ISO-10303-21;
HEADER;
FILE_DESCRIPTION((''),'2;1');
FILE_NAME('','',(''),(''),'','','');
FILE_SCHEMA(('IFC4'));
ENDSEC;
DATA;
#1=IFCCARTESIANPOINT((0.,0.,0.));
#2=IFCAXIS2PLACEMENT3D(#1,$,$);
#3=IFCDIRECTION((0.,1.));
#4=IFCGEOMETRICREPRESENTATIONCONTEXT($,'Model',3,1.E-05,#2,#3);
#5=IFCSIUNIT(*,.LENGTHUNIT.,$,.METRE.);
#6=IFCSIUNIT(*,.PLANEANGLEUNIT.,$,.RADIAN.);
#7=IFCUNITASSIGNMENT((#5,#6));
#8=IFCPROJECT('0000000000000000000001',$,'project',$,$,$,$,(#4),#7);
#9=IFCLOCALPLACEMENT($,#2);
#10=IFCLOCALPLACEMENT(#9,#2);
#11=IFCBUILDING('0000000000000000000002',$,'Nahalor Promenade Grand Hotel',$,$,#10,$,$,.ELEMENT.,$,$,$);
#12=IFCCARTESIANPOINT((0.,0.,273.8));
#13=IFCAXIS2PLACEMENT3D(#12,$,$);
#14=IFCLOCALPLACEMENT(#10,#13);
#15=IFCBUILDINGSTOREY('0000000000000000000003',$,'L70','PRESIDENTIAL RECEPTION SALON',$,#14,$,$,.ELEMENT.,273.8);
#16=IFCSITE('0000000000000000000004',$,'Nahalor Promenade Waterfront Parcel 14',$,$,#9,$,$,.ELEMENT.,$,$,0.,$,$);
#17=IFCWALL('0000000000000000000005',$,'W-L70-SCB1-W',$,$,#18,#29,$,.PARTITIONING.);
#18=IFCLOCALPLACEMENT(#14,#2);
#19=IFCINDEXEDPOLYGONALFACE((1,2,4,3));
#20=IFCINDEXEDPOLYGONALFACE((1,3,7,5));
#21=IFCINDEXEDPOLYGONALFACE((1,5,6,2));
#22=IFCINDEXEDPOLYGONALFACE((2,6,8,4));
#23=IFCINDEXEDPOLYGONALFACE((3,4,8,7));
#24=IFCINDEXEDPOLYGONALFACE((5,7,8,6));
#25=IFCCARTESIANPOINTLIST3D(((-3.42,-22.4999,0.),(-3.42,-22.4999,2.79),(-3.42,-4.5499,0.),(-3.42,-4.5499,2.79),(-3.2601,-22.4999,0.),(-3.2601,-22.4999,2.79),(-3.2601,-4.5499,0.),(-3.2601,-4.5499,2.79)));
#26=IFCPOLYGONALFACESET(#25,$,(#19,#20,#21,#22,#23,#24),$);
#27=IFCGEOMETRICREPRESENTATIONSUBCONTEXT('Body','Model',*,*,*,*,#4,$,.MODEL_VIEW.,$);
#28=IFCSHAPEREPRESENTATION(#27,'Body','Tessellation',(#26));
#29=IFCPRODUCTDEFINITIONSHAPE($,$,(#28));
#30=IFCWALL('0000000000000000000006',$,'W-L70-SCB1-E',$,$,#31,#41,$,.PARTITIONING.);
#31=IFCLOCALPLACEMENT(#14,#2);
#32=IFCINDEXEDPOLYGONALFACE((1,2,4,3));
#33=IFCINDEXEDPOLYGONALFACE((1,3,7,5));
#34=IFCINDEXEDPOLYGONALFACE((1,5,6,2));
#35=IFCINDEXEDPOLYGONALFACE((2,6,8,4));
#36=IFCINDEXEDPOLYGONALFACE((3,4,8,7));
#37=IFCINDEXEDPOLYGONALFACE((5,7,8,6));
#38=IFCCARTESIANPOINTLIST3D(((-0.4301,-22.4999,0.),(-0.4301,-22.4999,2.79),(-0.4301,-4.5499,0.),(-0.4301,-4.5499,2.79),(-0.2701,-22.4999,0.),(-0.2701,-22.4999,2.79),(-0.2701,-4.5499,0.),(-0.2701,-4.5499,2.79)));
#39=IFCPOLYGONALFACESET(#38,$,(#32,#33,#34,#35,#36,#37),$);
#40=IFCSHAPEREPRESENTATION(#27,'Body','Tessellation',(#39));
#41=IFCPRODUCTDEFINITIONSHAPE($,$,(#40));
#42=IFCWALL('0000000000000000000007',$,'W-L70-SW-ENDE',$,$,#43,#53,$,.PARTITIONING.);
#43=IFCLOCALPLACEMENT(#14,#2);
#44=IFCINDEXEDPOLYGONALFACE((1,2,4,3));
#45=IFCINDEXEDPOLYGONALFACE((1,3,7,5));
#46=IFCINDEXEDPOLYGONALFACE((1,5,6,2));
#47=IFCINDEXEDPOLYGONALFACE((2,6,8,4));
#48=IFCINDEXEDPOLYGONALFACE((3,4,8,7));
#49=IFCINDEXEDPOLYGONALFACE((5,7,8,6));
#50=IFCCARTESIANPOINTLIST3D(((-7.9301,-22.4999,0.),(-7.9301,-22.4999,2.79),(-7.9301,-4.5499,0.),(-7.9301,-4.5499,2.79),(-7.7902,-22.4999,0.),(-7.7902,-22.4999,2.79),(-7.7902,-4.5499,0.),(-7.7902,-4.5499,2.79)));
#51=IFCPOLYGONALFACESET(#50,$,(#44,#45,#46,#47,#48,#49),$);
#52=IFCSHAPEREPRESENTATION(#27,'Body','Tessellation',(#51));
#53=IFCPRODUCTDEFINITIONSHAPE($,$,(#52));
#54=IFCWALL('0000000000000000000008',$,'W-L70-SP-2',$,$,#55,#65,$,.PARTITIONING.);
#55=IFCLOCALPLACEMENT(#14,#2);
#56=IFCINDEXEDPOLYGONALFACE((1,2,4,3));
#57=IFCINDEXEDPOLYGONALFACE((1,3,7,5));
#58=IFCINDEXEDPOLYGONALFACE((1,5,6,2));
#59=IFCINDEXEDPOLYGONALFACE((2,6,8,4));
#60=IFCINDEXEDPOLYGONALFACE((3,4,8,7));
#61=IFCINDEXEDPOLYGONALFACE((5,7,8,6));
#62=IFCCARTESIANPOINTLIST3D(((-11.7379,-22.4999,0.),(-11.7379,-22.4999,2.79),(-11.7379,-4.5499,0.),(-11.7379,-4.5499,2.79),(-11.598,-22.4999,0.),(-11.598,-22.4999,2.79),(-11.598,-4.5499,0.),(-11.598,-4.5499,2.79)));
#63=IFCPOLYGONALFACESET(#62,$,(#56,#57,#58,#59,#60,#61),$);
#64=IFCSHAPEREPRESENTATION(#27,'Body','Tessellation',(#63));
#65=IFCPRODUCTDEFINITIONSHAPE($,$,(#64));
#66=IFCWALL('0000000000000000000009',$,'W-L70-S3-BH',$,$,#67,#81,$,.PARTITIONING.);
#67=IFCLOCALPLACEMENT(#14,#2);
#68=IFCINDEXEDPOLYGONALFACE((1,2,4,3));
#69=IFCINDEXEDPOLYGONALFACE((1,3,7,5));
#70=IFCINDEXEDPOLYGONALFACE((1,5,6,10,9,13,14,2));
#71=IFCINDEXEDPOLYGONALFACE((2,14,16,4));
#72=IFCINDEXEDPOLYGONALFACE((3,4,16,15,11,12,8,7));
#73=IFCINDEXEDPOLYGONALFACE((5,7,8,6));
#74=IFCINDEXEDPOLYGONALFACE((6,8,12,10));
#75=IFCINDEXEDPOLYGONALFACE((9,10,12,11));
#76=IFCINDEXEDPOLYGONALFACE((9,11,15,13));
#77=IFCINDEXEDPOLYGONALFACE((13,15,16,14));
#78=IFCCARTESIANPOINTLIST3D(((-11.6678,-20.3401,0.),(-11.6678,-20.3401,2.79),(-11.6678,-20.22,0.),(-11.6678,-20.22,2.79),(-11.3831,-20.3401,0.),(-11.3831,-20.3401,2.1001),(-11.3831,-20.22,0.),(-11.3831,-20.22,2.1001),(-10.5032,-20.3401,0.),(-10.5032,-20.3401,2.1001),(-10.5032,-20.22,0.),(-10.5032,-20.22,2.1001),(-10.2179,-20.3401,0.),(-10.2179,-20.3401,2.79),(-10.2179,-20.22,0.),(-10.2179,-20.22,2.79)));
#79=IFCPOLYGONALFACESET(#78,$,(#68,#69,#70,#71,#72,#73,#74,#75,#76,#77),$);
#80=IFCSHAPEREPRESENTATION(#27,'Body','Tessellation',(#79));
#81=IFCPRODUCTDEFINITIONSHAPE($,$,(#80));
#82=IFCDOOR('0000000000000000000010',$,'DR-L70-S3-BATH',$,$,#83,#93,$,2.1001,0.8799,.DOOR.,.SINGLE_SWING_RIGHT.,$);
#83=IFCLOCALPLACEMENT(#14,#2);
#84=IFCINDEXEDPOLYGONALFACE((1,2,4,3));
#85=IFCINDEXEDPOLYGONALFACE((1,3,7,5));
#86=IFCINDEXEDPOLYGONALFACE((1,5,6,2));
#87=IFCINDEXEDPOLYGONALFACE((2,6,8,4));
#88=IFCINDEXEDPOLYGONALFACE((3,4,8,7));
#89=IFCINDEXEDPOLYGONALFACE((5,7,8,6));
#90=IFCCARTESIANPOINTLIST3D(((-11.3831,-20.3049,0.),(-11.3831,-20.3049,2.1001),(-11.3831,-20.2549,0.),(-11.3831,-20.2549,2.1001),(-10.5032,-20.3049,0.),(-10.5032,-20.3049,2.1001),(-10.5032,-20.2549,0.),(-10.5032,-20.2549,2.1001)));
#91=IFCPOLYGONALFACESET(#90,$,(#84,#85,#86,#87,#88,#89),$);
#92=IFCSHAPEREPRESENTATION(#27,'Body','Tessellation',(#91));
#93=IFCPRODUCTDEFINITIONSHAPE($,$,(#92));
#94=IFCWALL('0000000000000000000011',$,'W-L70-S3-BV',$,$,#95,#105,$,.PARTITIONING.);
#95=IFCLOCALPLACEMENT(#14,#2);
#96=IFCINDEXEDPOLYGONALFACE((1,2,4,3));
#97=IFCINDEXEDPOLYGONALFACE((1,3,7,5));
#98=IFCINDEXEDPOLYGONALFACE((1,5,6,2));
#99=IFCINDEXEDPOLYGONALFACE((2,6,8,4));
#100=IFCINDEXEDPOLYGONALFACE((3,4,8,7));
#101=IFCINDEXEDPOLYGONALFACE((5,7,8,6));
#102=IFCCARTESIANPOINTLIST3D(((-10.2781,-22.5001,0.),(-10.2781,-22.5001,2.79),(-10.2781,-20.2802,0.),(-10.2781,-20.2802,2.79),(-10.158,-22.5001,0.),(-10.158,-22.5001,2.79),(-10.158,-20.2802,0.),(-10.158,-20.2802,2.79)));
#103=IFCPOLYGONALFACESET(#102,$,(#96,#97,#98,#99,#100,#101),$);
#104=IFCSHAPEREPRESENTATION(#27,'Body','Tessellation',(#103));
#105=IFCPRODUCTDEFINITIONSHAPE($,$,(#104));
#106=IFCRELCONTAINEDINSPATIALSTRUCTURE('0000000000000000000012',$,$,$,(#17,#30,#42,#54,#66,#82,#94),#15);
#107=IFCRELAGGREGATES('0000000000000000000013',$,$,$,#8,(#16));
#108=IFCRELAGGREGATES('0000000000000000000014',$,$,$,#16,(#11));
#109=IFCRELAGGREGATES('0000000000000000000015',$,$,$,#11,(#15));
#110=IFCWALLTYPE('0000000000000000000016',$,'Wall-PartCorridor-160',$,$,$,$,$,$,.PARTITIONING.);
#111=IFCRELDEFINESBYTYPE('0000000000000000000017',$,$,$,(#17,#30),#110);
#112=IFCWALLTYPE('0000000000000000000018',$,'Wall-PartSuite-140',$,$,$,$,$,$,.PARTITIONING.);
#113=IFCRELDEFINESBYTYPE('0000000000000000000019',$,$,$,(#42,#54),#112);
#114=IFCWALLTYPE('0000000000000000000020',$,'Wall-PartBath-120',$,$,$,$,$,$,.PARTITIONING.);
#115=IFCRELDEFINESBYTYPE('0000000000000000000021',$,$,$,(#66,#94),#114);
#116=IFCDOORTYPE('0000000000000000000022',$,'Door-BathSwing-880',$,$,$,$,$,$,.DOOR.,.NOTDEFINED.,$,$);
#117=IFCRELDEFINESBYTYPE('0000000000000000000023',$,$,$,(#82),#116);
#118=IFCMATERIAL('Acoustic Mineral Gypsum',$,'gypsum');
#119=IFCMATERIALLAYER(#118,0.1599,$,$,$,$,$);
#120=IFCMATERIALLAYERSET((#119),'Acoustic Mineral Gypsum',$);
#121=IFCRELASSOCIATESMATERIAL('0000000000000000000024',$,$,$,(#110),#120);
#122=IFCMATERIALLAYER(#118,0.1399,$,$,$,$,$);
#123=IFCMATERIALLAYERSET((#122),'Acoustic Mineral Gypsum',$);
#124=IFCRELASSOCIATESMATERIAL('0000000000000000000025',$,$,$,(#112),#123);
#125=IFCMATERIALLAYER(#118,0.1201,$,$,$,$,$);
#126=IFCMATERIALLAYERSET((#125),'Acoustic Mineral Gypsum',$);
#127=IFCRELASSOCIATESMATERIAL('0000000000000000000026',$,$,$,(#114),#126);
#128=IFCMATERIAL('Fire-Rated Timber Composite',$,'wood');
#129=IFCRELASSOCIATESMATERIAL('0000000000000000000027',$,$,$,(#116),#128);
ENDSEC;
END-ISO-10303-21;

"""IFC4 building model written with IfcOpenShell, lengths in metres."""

from ifc_helpers import new_model, si_unit, direction, frame, frame_2d, origin, place, context, subcontext, project, spatial, rectangle, extrude, source, transform, mapped, material, layer, layer_set, type_object, element, fill, save


model = new_model("IFC4")

# Units and contexts
model_context = context("Model", 3, precision=1e-05, world=origin(), true_north=direction((0.0, 1.0)))
body_context = subcontext(model_context, "Body", "Model", "MODEL_VIEW")
ifc_project = project(units=[si_unit("LENGTHUNIT", "METRE"), si_unit("PLANEANGLEUNIT", "RADIAN")], contexts=[model_context])

# Site, building, storey
site_placement = place(None, origin())
site = spatial("IfcSite", under=ifc_project, at=site_placement, Name="Nahalor Promenade Waterfront Parcel 14", CompositionType="ELEMENT", RefElevation=0.0)
building_placement = place(site_placement, origin())
building = spatial("IfcBuilding", under=site, at=building_placement, Name="Nahalor Promenade Grand Hotel", CompositionType="ELEMENT")
storey_placement = place(building_placement, frame((0.0, 0.0, 273.8)))
storey = spatial("IfcBuildingStorey", under=building, at=storey_placement, Name="L70", Description="PRESIDENTIAL RECEPTION SALON", CompositionType="ELEMENT", Elevation=273.8)

# Walls
ifc_material_1 = material(Name="Acoustic Mineral Gypsum", Category="gypsum")
ifc_layer_1 = layer(ifc_material_1, 0.1599)
ifc_layer_set_1 = layer_set([ifc_layer_1], Name="Acoustic Mineral Gypsum")
wall_type_1 = type_object("IfcWallType", Name="Wall-PartCorridor-160", PredefinedType="PARTITIONING", material=ifc_layer_set_1)
shared_shape_1 = source(origin(), body_context, "Body", "SweptSolid", [
    extrude(rectangle(XDim=17.95, YDim=0.1599, at=frame_2d((8.9751, 0.0))), origin(), (0.0, 0.0, 1.0), 2.79),
])
for number, where, z_axis, x_axis, name in (
    (1, (-3.3401, -22.5, 0.0), (0.0, 0.0, 1.0), (0.0, 1.0, 0.0), "W-L70-SCB1-W"),
    (2, (-0.3501, -22.5, 0.0), (0.0, 0.0, 1.0), (0.0, 1.0, 0.0), "W-L70-SCB1-E"),
):
    element("IfcWall", number, at=place(storey_placement, frame(where, z_axis=z_axis, x_axis=x_axis)), inside=storey, type_object=wall_type_1, Name=name, PredefinedType="PARTITIONING", context=body_context, shape_type="MappedRepresentation", body=[
        mapped(shared_shape_1, transform((0.0, 0.0, 0.0), scale=1.0)),
    ])
ifc_layer_2 = layer(ifc_material_1, 0.1399)
ifc_layer_set_2 = layer_set([ifc_layer_2], Name="Acoustic Mineral Gypsum")
wall_type_2 = type_object("IfcWallType", Name="Wall-PartSuite-140", PredefinedType="PARTITIONING", material=ifc_layer_set_2)
shared_shape_2 = source(origin(), body_context, "Body", "SweptSolid", [
    extrude(rectangle(XDim=17.95, YDim=0.1399, at=frame_2d((8.9751, 0.0))), origin(), (0.0, 0.0, 1.0), 2.79),
])
for number, where, z_axis, x_axis, name in (
    (3, (-7.8601, -22.5, 0.0), (0.0, 0.0, 1.0), (0.0, 1.0, 0.0), "W-L70-SW-ENDE"),
    (4, (-11.668, -22.5, 0.0), (0.0, 0.0, 1.0), (0.0, 1.0, 0.0), "W-L70-SP-2"),
):
    element("IfcWall", number, at=place(storey_placement, frame(where, z_axis=z_axis, x_axis=x_axis)), inside=storey, type_object=wall_type_2, Name=name, PredefinedType="PARTITIONING", context=body_context, shape_type="MappedRepresentation", body=[
        mapped(shared_shape_2, transform((0.0, 0.0, 0.0), scale=1.0)),
    ])

# Wall, opening, door
ifc_layer_3 = layer(ifc_material_1, 0.1201)
ifc_layer_set_3 = layer_set([ifc_layer_3], Name="Acoustic Mineral Gypsum")
wall_type_3 = type_object("IfcWallType", Name="Wall-PartBath-120", PredefinedType="PARTITIONING", material=ifc_layer_set_3)
shared_shape_3 = source(origin(), body_context, "Body", "SweptSolid", [
    extrude(rectangle(XDim=1.45, YDim=0.1201, at=frame_2d((0.7251, 0.0))), origin(), (0.0, 0.0, 1.0), 2.79),
])
wall_1_placement = place(storey_placement, frame((-11.668, -20.28, 0.0), z_axis=(0.0, 0.0, 1.0), x_axis=(1.0, 0.0, 0.0)))
wall_1 = element("IfcWall", 5, at=wall_1_placement, inside=storey, type_object=wall_type_3, Name="W-L70-S3-BH", PredefinedType="PARTITIONING", context=body_context, shape_type="MappedRepresentation", body=[
    mapped(shared_shape_3, transform((0.0, 0.0, 0.0), scale=1.0)),
])
opening_placement = place(wall_1_placement, frame((0.2849, 0.0, 0.0)))
opening = element("IfcOpeningElement", 6, at=opening_placement, cuts=wall_1, PredefinedType="OPENING", context=body_context, shape_type="SweptSolid", body=[
    extrude(rectangle(XDim=0.8799, YDim=2.1001, at=frame_2d((0.4399, 1.05))), frame((0.0, 0.0701, 0.0), z_axis=(0.0, -1.0, 0.0), x_axis=(1.0, 0.0, 0.0)), (0.0, 0.0, 1.0), 0.1401),
])
ifc_material_2 = material(Name="Fire-Rated Timber Composite", Category="wood")
door_type = type_object("IfcDoorType", Name="Door-BathSwing-880", OperationType="NOTDEFINED", PredefinedType="DOOR", material=ifc_material_2)
shared_shape_4 = source(origin(), body_context, "Body", "SweptSolid", [
    extrude(rectangle(XDim=0.8799, YDim=2.1001, at=frame_2d((0.4399, 1.05))), frame((0.0, 0.0249, 0.0), z_axis=(0.0, -1.0, 0.0), x_axis=(1.0, 0.0, 0.0)), (0.0, 0.0, 1.0), 0.05),
])
door_placement = place(opening_placement, frame((0.8799, 0.0, 0.0), z_axis=(0.0, 0.0, 1.0), x_axis=(-1.0, 0.0, 0.0)))
door = element("IfcDoor", 7, at=door_placement, inside=storey, type_object=door_type, Name="DR-L70-S3-BATH", OperationType="SINGLE_SWING_RIGHT", OverallHeight=2.1001, OverallWidth=0.8799, PredefinedType="DOOR", context=body_context, shape_type="MappedRepresentation", body=[
    mapped(shared_shape_4, transform((0.0, 0.0, 0.0), scale=1.0)),
])
fill(opening, door)

# Wall
shared_shape_5 = source(origin(), body_context, "Body", "SweptSolid", [
    extrude(rectangle(XDim=2.22, YDim=0.1201, at=frame_2d((1.1099, 0.0))), origin(), (0.0, 0.0, 1.0), 2.79),
])
wall_2_placement = place(storey_placement, frame((-10.218, -22.5, 0.0), z_axis=(0.0, 0.0, 1.0), x_axis=(0.0, 1.0, 0.0)))
element("IfcWall", 8, at=wall_2_placement, inside=storey, type_object=wall_type_3, Name="W-L70-S3-BV", PredefinedType="PARTITIONING", context=body_context, shape_type="MappedRepresentation", body=[
    mapped(shared_shape_5, transform((0.0, 0.0, 0.0), scale=1.0)),
])

save(model, "model.ifc")
